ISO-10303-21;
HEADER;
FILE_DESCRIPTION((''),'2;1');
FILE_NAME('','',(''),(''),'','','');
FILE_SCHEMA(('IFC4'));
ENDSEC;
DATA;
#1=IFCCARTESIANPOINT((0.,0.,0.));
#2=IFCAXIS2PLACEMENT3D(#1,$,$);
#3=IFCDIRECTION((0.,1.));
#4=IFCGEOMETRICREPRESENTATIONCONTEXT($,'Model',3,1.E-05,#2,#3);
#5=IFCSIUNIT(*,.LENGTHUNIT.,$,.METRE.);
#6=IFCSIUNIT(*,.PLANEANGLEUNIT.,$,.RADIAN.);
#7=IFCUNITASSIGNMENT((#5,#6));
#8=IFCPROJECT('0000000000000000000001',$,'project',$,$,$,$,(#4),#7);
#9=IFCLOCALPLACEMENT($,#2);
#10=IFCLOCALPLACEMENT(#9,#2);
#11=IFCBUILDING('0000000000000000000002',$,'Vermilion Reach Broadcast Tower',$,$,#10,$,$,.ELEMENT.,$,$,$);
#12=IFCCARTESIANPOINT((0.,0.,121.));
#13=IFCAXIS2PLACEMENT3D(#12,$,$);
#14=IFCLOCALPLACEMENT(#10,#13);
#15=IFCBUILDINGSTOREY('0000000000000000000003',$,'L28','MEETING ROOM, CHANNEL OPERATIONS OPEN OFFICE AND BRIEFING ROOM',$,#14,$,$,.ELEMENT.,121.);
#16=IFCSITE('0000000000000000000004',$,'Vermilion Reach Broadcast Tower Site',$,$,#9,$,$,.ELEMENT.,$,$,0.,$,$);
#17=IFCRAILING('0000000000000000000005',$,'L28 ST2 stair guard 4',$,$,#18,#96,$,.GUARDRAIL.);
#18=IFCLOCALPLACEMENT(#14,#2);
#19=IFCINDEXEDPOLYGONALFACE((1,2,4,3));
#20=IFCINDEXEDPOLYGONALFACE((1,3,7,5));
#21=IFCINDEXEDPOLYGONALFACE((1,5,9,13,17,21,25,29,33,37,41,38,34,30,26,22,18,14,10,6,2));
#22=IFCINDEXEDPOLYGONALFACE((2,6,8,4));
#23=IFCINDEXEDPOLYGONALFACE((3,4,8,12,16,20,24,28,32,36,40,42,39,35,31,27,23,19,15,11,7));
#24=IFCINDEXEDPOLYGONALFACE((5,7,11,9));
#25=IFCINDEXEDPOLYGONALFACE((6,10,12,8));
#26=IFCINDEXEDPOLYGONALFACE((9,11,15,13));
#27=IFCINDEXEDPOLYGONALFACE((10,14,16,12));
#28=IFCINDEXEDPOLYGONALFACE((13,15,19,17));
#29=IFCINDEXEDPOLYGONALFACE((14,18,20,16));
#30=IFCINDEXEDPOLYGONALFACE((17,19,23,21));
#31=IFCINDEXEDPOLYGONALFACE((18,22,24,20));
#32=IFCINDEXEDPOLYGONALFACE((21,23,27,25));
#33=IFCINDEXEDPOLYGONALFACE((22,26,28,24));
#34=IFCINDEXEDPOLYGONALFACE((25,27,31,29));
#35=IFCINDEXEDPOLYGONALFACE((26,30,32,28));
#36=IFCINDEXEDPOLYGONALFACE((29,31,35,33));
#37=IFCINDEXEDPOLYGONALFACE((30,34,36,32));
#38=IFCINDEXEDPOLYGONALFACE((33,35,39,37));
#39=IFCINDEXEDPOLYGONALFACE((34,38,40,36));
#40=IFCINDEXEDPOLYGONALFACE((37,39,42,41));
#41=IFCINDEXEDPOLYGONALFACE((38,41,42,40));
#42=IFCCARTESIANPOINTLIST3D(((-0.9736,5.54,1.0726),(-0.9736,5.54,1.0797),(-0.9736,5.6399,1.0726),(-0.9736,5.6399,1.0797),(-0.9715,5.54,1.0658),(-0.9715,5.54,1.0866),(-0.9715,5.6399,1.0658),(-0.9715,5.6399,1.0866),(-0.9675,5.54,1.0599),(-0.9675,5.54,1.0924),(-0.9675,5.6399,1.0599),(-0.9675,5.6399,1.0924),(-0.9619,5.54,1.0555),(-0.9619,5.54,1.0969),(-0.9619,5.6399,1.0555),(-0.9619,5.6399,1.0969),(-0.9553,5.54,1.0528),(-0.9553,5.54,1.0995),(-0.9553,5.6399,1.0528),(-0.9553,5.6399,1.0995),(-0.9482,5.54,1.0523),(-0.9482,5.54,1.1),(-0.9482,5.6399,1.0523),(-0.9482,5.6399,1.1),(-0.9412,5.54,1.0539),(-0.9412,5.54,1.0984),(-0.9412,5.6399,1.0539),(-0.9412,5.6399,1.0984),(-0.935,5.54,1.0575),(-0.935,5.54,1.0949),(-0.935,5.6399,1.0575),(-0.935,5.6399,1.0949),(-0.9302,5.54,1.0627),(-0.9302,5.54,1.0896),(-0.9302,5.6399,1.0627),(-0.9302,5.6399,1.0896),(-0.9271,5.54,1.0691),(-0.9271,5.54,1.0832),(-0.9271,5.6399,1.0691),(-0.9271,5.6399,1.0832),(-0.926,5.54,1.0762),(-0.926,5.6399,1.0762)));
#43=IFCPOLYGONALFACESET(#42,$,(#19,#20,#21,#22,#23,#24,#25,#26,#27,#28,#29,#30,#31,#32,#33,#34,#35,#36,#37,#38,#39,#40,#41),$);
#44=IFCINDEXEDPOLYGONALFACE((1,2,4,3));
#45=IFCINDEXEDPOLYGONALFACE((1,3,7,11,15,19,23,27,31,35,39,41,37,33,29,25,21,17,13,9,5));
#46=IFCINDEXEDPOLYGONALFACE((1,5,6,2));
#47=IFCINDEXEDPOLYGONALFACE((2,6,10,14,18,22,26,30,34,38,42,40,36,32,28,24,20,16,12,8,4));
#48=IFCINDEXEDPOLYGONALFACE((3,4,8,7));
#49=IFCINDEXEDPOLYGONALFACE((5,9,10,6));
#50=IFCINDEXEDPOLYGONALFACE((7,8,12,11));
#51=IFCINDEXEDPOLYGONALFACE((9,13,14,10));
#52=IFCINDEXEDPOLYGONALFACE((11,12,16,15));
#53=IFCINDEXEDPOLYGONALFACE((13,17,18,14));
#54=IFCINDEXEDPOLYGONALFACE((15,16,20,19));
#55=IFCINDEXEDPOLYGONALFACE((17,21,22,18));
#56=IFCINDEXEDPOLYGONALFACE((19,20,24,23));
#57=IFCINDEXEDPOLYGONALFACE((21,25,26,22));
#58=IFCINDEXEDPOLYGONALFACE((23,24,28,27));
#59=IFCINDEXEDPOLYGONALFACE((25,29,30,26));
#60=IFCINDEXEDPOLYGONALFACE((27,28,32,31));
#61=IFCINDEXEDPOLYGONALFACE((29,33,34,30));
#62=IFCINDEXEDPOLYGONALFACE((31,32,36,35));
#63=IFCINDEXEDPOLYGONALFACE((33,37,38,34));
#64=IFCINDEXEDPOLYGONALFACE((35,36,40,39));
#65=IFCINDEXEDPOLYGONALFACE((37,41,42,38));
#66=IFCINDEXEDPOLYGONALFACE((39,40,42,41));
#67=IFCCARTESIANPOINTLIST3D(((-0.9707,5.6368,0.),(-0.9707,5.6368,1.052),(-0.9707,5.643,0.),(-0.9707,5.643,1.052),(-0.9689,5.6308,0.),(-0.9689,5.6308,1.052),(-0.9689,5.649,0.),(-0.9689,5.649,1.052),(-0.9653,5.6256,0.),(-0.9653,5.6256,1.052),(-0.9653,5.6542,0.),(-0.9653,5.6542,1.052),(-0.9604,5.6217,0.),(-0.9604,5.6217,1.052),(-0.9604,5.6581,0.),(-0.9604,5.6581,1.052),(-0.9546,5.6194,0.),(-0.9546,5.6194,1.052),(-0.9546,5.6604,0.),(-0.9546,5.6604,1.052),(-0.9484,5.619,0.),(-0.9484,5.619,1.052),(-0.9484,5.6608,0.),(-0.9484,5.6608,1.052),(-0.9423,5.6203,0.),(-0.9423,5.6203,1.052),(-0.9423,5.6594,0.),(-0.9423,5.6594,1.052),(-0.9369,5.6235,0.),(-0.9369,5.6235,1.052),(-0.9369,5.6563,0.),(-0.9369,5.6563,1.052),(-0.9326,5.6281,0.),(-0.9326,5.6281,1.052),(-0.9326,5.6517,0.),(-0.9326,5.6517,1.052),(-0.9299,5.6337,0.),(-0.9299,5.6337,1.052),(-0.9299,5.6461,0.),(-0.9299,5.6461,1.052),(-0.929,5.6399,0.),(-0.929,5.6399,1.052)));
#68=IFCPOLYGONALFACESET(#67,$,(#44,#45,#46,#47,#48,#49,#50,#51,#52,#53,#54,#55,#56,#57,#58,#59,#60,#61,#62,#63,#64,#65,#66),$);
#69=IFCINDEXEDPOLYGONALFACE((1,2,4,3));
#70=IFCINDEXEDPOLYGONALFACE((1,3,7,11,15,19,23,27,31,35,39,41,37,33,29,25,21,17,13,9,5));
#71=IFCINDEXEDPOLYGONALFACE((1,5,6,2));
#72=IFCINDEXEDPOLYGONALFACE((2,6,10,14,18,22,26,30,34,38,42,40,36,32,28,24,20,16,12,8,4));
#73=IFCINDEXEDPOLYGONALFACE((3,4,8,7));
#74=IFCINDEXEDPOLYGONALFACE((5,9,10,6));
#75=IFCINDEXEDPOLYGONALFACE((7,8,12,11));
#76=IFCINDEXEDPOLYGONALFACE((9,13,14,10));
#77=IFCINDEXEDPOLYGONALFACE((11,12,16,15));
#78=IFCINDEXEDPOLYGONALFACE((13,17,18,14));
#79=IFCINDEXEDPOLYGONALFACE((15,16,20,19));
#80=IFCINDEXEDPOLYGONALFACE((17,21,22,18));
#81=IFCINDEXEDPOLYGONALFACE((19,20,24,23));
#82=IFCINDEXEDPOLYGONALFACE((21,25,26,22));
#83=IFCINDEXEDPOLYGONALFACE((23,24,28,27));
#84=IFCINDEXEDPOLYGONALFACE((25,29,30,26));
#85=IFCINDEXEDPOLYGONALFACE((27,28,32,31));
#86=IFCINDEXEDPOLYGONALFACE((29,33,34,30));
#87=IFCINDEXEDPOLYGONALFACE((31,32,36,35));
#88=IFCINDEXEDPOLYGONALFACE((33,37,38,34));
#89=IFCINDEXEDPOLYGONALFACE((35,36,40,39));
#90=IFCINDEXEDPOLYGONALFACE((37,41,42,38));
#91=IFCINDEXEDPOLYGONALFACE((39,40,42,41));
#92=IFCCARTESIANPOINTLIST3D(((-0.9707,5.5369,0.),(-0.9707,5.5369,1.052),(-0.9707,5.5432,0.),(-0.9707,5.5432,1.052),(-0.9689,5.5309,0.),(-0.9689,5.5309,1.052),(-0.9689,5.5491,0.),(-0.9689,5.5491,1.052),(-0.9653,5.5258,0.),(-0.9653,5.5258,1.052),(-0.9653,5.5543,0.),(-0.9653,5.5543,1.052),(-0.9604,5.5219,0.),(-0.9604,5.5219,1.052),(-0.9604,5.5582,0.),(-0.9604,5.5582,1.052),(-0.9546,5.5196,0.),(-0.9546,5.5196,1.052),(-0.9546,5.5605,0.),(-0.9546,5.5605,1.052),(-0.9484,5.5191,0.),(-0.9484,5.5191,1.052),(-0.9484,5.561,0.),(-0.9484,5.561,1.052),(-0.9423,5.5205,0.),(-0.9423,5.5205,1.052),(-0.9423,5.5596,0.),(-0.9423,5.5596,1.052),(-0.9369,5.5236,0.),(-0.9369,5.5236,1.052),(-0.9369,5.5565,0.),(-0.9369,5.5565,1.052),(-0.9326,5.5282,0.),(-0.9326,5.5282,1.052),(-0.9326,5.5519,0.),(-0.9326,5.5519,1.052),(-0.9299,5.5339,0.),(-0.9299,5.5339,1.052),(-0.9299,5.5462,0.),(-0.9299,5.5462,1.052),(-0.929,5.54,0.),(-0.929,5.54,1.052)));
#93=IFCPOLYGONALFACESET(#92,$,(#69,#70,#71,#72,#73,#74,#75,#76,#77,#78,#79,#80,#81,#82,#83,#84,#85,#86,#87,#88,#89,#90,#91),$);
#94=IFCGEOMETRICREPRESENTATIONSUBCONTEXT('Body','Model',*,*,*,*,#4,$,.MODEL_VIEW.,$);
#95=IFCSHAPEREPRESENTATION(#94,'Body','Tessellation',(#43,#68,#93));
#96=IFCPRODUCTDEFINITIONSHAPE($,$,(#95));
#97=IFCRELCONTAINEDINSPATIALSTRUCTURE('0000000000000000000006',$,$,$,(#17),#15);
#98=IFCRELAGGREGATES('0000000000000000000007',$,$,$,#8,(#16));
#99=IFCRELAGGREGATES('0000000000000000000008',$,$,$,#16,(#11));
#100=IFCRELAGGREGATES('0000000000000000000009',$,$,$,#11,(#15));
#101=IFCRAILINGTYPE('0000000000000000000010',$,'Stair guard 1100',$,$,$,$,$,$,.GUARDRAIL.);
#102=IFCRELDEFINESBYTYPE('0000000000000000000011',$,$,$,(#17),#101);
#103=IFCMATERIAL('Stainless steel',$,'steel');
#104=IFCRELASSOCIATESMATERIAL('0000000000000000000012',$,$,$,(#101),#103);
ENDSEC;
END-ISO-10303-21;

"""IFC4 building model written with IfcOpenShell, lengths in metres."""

from ifc_helpers import new_model, si_unit, direction, frame, origin, origin_2d, place, context, subcontext, project, spatial, circle, extrude, material, type_object, element, save


model = new_model("IFC4")

# Units and contexts
model_context = context("Model", 3, precision=1e-05, world=origin(), true_north=direction((0.0, 1.0)))
body_context = subcontext(model_context, "Body", "Model", "MODEL_VIEW")
ifc_project = project(units=[si_unit("LENGTHUNIT", "METRE"), si_unit("PLANEANGLEUNIT", "RADIAN")], contexts=[model_context])

# Site, building, storey
site_placement = place(None, origin())
site = spatial("IfcSite", under=ifc_project, at=site_placement, Name="Vermilion Reach Broadcast Tower Site", CompositionType="ELEMENT", RefElevation=0.0)
building_placement = place(site_placement, origin())
building = spatial("IfcBuilding", under=site, at=building_placement, Name="Vermilion Reach Broadcast Tower", CompositionType="ELEMENT")
storey_placement = place(building_placement, frame((0.0, 0.0, 121.0)))
storey = spatial("IfcBuildingStorey", under=building, at=storey_placement, Name="L28", Description="MEETING ROOM, CHANNEL OPERATIONS OPEN OFFICE AND BRIEFING ROOM", CompositionType="ELEMENT", Elevation=121.0)

# Railing
ifc_material_1 = material(Name="Stainless steel", Category="steel")
railing_type_1 = type_object("IfcRailingType", Name="Stair guard 1100", PredefinedType="GUARDRAIL", material=ifc_material_1)
railing_1_placement = place(storey_placement, frame((-0.95, 5.6399, 0.0)))
element("IfcRailing", 1, at=railing_1_placement, inside=storey, type_object=railing_type_1, Name="L28 ST2 stair guard 4", PredefinedType="GUARDRAIL", context=body_context, shape_type="SweptSolid", body=[
    extrude(circle(Radius=0.0239, at=origin_2d()), frame((0.0, 0.0, 1.0762), z_axis=(0.0, -1.0, 0.0), x_axis=(1.0, 0.0, 0.0)), (0.0, 0.0, 1.0), 0.0999),
    extrude(circle(Radius=0.021, at=origin_2d()), origin(), (0.0, 0.0, 1.0), 1.052),
    extrude(circle(Radius=0.021, at=origin_2d()), frame((0.0, -0.0999, 0.0)), (0.0, 0.0, 1.0), 1.052),
])

save(model, "model.ifc")
